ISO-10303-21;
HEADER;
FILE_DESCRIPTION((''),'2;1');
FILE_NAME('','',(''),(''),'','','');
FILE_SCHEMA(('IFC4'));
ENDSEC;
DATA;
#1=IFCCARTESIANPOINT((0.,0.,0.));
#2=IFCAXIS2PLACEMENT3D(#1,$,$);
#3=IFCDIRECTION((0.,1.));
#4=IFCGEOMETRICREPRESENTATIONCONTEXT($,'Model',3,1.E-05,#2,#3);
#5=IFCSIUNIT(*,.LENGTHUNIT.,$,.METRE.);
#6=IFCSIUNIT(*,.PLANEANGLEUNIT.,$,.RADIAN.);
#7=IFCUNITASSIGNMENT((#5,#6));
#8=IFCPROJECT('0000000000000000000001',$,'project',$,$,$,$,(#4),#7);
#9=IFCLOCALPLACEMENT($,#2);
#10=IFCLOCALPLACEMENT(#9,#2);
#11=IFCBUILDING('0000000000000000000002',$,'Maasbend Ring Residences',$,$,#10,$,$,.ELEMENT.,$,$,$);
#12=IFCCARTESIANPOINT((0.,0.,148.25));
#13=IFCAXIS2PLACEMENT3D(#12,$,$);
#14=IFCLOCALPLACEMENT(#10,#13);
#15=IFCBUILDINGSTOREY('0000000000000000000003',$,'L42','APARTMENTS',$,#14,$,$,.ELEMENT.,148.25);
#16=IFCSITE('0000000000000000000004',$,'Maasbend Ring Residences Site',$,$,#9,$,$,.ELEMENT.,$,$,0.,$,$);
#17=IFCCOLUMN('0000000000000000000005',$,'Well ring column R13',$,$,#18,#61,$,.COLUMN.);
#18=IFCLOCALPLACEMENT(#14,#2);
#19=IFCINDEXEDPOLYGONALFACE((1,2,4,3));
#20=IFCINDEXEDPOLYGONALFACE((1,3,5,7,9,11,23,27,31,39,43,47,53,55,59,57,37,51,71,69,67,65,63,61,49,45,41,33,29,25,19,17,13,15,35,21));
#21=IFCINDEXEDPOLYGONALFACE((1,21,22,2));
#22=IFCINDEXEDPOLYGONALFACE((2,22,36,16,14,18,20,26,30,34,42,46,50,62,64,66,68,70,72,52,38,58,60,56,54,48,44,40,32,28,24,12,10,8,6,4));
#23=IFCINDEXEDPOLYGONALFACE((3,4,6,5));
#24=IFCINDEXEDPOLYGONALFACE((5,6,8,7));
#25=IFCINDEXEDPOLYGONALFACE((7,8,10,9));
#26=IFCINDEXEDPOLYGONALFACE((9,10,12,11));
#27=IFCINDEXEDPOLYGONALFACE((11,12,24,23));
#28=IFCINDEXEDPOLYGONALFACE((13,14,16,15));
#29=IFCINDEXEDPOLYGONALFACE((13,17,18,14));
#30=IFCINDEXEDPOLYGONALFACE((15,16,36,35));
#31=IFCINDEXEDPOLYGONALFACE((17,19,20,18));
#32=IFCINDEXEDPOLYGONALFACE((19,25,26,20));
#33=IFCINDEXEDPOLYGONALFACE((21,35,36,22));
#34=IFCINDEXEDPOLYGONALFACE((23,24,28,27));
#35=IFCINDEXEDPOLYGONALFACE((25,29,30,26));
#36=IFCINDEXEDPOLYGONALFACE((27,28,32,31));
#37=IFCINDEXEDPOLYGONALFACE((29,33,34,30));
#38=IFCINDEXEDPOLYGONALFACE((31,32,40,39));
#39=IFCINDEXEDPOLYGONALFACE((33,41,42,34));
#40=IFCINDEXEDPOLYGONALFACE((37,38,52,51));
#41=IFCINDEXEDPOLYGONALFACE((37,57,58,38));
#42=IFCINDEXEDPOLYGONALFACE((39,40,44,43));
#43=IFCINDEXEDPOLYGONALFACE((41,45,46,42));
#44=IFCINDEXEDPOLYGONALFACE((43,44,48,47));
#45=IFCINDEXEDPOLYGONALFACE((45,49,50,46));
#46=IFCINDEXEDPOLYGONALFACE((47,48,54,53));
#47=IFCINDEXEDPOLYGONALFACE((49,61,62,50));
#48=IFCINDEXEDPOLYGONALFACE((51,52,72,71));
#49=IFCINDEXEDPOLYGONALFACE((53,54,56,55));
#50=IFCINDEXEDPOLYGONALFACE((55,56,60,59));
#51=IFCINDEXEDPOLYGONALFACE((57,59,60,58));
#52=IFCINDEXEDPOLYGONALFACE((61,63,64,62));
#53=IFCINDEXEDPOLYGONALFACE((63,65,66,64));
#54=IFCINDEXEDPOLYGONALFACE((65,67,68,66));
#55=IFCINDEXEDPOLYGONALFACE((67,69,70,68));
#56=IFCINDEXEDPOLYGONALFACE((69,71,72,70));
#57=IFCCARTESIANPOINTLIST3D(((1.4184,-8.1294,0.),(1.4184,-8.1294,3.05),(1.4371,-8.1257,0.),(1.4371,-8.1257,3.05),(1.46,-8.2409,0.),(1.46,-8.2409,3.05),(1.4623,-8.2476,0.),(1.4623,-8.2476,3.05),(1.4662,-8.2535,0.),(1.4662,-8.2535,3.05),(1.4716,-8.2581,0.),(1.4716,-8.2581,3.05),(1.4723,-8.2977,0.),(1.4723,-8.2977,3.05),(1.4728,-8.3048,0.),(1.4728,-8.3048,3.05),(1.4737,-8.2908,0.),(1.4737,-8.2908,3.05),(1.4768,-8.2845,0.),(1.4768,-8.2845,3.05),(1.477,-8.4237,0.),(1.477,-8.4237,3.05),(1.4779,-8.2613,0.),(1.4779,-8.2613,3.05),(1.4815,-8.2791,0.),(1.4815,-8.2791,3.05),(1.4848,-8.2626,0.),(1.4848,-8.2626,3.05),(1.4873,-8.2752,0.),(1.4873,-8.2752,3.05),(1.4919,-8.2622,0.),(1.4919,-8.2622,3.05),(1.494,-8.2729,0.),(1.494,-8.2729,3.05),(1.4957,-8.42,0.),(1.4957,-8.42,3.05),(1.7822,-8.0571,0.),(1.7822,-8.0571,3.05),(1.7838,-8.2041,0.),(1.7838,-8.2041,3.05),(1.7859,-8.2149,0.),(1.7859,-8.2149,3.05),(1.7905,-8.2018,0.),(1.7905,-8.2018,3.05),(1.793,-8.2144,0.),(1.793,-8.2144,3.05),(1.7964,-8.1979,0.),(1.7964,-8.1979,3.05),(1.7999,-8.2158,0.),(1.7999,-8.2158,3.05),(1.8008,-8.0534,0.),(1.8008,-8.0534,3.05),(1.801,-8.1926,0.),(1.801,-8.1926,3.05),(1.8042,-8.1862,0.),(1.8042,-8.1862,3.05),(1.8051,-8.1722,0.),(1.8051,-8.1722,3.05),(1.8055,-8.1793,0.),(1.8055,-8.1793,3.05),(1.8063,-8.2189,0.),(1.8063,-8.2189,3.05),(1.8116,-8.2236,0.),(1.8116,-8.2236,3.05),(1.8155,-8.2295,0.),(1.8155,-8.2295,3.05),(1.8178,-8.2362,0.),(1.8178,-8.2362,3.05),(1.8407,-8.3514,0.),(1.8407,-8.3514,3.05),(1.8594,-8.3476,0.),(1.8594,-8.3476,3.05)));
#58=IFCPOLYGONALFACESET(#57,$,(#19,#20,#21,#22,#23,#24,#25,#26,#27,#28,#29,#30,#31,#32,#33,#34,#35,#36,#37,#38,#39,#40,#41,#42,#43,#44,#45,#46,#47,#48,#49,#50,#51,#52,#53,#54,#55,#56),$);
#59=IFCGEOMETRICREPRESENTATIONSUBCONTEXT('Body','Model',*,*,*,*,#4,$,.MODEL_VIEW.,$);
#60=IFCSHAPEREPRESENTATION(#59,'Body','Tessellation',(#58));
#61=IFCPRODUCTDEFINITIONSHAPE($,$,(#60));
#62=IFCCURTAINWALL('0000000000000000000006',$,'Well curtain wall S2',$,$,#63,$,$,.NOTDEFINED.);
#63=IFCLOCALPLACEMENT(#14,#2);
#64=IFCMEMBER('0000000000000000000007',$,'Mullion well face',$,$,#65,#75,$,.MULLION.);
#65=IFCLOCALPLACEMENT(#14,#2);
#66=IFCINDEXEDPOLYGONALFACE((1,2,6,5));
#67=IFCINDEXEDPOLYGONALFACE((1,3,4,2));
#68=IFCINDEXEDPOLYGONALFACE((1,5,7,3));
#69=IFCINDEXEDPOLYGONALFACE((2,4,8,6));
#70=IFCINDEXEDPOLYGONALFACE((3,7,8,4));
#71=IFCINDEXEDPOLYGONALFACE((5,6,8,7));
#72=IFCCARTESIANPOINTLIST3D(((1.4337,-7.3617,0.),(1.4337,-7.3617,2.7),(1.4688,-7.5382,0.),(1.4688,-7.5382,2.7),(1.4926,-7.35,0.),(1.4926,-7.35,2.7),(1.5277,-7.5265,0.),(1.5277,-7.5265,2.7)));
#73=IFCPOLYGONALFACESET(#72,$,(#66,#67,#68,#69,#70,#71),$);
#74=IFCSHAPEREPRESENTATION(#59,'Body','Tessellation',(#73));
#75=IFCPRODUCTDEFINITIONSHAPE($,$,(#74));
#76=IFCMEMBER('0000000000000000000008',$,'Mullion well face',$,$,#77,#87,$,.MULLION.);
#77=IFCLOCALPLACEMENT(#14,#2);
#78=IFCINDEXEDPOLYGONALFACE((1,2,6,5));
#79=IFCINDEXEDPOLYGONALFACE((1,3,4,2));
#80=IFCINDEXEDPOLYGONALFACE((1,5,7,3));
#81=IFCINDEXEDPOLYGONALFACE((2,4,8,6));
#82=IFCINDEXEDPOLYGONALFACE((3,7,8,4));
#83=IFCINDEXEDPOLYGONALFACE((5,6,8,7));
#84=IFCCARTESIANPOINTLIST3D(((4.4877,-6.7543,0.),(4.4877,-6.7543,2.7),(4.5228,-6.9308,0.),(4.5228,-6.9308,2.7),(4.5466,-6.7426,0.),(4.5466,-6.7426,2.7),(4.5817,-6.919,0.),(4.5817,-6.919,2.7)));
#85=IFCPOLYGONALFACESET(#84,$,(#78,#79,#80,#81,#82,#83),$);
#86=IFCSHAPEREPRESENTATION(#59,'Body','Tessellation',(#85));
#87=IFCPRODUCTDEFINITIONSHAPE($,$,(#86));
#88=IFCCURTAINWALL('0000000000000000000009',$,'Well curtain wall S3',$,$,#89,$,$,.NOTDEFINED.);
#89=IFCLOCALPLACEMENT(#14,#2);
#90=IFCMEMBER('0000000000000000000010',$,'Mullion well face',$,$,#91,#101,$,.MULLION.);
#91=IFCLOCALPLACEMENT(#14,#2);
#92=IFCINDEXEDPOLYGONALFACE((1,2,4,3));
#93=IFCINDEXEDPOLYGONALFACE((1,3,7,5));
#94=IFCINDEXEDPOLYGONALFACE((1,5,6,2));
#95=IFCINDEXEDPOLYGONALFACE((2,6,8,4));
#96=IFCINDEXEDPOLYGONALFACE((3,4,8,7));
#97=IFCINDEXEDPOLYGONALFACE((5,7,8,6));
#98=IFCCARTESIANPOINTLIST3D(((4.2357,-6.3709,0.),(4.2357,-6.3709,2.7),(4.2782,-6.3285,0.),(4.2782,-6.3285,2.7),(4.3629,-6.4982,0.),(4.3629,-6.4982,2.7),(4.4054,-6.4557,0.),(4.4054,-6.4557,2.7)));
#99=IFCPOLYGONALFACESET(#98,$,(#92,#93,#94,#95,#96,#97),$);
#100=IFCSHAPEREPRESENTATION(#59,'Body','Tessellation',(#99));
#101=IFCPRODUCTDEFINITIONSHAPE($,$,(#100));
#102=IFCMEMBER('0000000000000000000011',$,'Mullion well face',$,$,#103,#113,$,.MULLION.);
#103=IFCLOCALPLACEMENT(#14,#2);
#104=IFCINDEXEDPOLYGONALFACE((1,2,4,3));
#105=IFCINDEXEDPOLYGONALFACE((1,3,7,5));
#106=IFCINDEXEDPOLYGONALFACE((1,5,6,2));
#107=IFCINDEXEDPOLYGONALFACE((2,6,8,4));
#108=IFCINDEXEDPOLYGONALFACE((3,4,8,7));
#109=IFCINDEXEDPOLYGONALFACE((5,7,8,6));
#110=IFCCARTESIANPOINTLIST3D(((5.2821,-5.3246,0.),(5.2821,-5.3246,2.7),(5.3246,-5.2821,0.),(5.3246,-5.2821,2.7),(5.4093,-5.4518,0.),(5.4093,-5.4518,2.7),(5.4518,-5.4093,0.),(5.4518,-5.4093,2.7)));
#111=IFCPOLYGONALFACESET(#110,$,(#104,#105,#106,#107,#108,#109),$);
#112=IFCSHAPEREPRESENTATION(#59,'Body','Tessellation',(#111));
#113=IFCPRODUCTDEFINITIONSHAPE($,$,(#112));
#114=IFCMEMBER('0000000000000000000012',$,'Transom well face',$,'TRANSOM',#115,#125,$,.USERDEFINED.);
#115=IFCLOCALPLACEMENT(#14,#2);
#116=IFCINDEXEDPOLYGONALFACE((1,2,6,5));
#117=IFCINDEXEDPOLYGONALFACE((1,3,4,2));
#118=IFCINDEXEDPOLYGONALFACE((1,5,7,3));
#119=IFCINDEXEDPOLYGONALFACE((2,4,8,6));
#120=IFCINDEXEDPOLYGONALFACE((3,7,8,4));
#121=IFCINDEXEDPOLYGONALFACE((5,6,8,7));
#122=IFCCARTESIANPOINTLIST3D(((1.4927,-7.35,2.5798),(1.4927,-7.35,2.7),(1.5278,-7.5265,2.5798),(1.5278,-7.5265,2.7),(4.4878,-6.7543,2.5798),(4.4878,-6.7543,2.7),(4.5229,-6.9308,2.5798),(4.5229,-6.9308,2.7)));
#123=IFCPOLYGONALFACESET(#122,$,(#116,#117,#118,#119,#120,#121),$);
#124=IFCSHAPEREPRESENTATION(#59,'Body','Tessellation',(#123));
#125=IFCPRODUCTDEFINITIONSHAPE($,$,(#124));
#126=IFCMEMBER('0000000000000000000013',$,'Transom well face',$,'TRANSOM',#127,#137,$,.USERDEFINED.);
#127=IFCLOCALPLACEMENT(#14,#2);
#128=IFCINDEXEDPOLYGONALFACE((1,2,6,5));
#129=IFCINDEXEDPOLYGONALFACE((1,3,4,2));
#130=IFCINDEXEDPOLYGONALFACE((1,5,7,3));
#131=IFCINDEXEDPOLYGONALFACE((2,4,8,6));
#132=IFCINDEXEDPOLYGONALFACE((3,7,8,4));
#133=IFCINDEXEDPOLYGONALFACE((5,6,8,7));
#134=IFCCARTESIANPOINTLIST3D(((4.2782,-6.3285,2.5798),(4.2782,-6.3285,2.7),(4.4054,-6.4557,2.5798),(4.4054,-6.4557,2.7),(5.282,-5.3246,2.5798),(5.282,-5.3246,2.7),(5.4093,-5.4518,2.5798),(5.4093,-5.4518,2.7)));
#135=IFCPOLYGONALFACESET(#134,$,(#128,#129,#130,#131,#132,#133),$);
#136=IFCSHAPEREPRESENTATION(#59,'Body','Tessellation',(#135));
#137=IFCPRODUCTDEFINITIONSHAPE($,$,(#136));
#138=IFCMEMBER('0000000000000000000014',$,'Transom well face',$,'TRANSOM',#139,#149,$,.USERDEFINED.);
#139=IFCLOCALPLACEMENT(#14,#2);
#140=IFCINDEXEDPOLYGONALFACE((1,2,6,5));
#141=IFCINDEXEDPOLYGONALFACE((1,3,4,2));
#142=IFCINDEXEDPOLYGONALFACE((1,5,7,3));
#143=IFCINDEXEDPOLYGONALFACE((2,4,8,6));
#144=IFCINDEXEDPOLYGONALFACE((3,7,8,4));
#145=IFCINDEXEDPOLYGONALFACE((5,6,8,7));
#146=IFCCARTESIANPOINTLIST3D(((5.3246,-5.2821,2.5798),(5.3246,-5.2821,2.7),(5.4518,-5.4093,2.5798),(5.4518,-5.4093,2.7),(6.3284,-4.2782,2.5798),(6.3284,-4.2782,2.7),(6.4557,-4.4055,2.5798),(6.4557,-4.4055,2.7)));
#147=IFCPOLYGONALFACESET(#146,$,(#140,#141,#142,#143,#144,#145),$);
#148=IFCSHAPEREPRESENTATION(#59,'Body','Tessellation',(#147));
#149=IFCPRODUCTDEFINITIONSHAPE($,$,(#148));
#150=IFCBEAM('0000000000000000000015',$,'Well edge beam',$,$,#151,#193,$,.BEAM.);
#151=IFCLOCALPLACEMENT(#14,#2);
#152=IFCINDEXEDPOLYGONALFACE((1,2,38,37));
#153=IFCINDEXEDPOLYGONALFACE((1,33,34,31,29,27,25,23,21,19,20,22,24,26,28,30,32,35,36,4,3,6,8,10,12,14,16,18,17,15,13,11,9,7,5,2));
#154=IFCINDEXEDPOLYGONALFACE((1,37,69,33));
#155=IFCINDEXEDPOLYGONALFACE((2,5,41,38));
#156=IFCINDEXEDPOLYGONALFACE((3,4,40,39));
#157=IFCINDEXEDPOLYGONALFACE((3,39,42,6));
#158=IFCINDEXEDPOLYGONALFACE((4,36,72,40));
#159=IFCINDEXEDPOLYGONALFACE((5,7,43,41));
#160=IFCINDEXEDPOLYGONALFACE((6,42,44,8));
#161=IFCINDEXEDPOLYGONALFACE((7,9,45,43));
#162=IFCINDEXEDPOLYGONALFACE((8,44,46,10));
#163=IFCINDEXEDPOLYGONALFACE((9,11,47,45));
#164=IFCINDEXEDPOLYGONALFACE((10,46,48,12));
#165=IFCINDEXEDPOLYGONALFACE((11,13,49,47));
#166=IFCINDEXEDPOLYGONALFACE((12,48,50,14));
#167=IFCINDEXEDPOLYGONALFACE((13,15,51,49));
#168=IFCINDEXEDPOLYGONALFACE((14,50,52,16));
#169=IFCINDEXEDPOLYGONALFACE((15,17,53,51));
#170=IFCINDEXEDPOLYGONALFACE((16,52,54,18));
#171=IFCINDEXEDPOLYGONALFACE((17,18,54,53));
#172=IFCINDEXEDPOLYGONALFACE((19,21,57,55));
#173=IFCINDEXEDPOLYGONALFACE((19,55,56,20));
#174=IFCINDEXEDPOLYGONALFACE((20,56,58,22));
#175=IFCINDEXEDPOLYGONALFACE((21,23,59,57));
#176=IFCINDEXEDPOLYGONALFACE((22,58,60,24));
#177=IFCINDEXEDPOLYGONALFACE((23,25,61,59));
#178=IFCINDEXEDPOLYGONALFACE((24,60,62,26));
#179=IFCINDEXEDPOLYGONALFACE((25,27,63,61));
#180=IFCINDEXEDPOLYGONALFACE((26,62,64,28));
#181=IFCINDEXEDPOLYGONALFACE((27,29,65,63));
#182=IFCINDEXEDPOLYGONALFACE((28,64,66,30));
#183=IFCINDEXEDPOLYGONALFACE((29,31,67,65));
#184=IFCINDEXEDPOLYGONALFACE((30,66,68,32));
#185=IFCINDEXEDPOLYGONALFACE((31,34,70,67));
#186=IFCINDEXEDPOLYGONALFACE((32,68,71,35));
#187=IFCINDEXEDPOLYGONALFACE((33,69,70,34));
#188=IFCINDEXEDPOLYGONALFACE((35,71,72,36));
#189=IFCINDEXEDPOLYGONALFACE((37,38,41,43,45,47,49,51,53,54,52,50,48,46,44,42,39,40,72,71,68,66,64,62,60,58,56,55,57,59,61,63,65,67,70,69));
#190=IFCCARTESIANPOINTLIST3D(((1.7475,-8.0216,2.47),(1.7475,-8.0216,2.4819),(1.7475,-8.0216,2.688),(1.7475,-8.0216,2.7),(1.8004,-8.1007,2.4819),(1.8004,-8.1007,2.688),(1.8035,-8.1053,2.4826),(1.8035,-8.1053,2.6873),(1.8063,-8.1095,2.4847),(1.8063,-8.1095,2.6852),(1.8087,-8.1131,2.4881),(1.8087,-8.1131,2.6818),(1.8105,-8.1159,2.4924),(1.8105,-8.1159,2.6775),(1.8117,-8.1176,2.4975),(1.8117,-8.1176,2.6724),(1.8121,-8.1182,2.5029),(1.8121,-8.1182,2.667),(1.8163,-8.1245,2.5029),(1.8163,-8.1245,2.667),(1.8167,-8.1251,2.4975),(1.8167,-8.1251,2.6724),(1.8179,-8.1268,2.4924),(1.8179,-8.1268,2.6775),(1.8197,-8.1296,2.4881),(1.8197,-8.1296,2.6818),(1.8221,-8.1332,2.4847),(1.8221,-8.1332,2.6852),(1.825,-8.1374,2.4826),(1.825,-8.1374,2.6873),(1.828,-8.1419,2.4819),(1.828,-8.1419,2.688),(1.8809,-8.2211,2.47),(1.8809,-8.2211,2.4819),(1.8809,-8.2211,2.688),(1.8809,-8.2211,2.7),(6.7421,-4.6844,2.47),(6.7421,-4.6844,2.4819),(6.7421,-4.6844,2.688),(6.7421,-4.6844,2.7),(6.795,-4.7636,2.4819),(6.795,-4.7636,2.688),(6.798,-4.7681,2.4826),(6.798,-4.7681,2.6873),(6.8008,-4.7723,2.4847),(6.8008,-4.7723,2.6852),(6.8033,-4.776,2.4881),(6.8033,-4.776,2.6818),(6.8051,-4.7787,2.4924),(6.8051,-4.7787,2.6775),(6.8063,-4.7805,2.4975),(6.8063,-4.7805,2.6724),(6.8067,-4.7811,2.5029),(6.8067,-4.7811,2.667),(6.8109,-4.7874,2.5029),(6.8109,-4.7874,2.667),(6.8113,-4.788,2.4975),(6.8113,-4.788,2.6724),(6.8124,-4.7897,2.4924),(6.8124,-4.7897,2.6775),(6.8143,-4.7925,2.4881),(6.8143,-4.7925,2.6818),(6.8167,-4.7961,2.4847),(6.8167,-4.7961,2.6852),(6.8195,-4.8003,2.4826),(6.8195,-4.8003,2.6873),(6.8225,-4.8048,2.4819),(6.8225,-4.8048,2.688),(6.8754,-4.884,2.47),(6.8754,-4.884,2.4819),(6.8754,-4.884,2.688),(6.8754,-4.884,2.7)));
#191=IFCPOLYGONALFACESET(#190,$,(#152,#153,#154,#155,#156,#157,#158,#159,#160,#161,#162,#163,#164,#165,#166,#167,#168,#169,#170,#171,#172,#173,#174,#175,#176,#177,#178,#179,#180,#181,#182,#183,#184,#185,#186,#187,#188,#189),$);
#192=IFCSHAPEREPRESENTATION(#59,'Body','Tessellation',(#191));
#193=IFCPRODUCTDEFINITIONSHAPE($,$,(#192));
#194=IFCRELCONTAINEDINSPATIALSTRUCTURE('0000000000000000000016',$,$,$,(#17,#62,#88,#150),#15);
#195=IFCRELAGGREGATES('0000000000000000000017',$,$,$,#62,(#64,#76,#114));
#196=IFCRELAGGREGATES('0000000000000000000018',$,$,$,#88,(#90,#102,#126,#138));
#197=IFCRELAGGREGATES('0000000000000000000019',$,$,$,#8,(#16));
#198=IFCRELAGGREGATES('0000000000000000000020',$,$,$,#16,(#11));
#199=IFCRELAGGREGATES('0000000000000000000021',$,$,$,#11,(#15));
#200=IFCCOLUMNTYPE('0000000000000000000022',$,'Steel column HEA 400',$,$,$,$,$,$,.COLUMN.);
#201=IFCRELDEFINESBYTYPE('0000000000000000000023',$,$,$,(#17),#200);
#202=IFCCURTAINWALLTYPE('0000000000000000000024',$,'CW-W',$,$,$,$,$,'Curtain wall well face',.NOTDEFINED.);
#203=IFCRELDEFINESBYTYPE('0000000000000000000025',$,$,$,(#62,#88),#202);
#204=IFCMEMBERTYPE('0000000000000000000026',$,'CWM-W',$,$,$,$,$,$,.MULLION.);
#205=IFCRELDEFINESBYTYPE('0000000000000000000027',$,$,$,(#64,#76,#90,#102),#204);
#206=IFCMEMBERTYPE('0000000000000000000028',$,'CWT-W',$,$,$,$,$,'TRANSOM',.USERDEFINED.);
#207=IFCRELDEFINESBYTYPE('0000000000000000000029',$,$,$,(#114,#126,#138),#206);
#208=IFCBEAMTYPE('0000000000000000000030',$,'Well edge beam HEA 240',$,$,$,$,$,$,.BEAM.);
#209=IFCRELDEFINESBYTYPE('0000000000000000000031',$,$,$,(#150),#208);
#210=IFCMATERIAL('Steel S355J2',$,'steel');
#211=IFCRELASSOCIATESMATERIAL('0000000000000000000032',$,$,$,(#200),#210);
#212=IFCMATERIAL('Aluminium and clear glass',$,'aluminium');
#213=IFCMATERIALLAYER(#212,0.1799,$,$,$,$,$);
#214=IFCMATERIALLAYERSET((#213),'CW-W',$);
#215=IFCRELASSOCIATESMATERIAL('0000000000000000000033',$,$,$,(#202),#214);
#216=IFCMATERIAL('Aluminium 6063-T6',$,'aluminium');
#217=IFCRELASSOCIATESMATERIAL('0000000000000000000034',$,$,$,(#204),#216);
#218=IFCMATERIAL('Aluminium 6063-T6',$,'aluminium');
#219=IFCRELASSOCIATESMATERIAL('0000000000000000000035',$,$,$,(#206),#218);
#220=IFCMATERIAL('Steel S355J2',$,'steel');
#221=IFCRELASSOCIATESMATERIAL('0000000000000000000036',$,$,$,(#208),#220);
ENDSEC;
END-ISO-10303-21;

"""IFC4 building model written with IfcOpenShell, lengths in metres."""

from ifc_helpers import new_model, si_unit, direction, frame, origin, origin_2d, place, context, subcontext, project, spatial, rectangle, i_section, extrude, material, layer, layer_set, material_profile, profile_set, type_object, element, aggregate, save


model = new_model("IFC4")

# Units and contexts
model_context = context("Model", 3, precision=1e-05, world=origin(), true_north=direction((0.0, 1.0)))
body_context = subcontext(model_context, "Body", "Model", "MODEL_VIEW")
ifc_project = project(units=[si_unit("LENGTHUNIT", "METRE"), si_unit("PLANEANGLEUNIT", "RADIAN")], contexts=[model_context])

# Site, building, storey
site_placement = place(None, origin())
site = spatial("IfcSite", under=ifc_project, at=site_placement, Name="Maasbend Ring Residences Site", CompositionType="ELEMENT", RefElevation=0.0)
building_placement = place(site_placement, origin())
building = spatial("IfcBuilding", under=site, at=building_placement, Name="Maasbend Ring Residences", CompositionType="ELEMENT")
storey_placement = place(building_placement, frame((0.0, 0.0, 148.25)))
storey = spatial("IfcBuildingStorey", under=building, at=storey_placement, Name="L42", Description="APARTMENTS", CompositionType="ELEMENT", Elevation=148.25)

# Column
ifc_material_1 = material(Name="Steel S355J2", Category="steel")
ifc_material_profile_1 = material_profile(ifc_material_1, i_section(OverallWidth=0.3, OverallDepth=0.3899, WebThickness=0.011, FlangeThickness=0.019, FilletRadius=0.0271, at=origin_2d()), Name="HEA 400")
ifc_profile_set_1 = profile_set([ifc_material_profile_1], Name="Steel S355J2")
column_type = type_object("IfcColumnType", Name="Steel column HEA 400", PredefinedType="COLUMN", material=ifc_profile_set_1)
column_placement = place(storey_placement, frame((1.6389, -8.2385, 0.0), z_axis=(0.0, 0.0, 1.0), x_axis=(0.19509, -0.980785, 0.0)))
element("IfcColumn", 1, at=column_placement, inside=storey, type_object=column_type, Name="Well ring column R13", PredefinedType="COLUMN", context=body_context, shape_type="SweptSolid", body=[
    extrude(i_section(OverallWidth=0.3, OverallDepth=0.3899, WebThickness=0.011, FlangeThickness=0.019, FilletRadius=0.0271, at=origin_2d()), origin(), (0.0, 0.0, 1.0), 3.05),
])

# Curtain walls, members
ifc_material_2 = material(Name="Aluminium and clear glass", Category="aluminium")
ifc_layer_1 = layer(ifc_material_2, 0.1799)
ifc_layer_set_1 = layer_set([ifc_layer_1], Name="CW-W")
curtain_wall_type = type_object("IfcCurtainWallType", Name="CW-W", ElementType="Curtain wall well face", PredefinedType="NOTDEFINED", material=ifc_layer_set_1)
curtain_wall_1_placement = place(storey_placement, origin())
curtain_wall_1 = element("IfcCurtainWall", 2, at=curtain_wall_1_placement, inside=storey, type_object=curtain_wall_type, Name="Well curtain wall S2", PredefinedType="NOTDEFINED")
ifc_material_3 = material(Name="Aluminium 6063-T6", Category="aluminium")
ifc_material_profile_2 = material_profile(ifc_material_3, rectangle(XDim=0.1799, YDim=0.0601, at=origin_2d()), Name="AL 180x60")
ifc_profile_set_2 = profile_set([ifc_material_profile_2], Name="Aluminium 6063-T6")
member_type_1 = type_object("IfcMemberType", Name="CWM-W", PredefinedType="MULLION", material=ifc_profile_set_2)
member_1_placement = place(storey_placement, frame((1.4807, -7.4441, 0.0), z_axis=(0.0, 0.0, 1.0), x_axis=(-0.19509, 0.980785, 0.0)))
member_1 = element("IfcMember", 3, at=member_1_placement, type_object=member_type_1, Name="Mullion well face", PredefinedType="MULLION", context=body_context, shape_type="SweptSolid", body=[
    extrude(rectangle(XDim=0.1799, YDim=0.0601, at=origin_2d()), origin(), (0.0, 0.0, 1.0), 2.7),
])
member_2_placement = place(storey_placement, frame((4.5347, -6.8367, 0.0), z_axis=(0.0, 0.0, 1.0), x_axis=(-0.19509, 0.980785, 0.0)))
member_2 = element("IfcMember", 4, at=member_2_placement, type_object=member_type_1, Name="Mullion well face", PredefinedType="MULLION", context=body_context, shape_type="SweptSolid", body=[
    extrude(rectangle(XDim=0.1799, YDim=0.0601, at=origin_2d()), origin(), (0.0, 0.0, 1.0), 2.7),
])
curtain_wall_2_placement = place(storey_placement, origin())
curtain_wall_2 = element("IfcCurtainWall", 5, at=curtain_wall_2_placement, inside=storey, type_object=curtain_wall_type, Name="Well curtain wall S3", PredefinedType="NOTDEFINED")
member_3_placement = place(storey_placement, frame((4.3206, -6.4133, 0.0), z_axis=(0.0, 0.0, 1.0), x_axis=(-0.707107, 0.707107, 0.0)))
member_3 = element("IfcMember", 6, at=member_3_placement, type_object=member_type_1, Name="Mullion well face", PredefinedType="MULLION", context=body_context, shape_type="SweptSolid", body=[
    extrude(rectangle(XDim=0.1799, YDim=0.0601, at=origin_2d()), origin(), (0.0, 0.0, 1.0), 2.7),
])
member_4_placement = place(storey_placement, frame((5.3669, -5.3669, 0.0), z_axis=(0.0, 0.0, 1.0), x_axis=(-0.707107, 0.707107, 0.0)))
member_4 = element("IfcMember", 7, at=member_4_placement, type_object=member_type_1, Name="Mullion well face", PredefinedType="MULLION", context=body_context, shape_type="SweptSolid", body=[
    extrude(rectangle(XDim=0.1799, YDim=0.0601, at=origin_2d()), origin(), (0.0, 0.0, 1.0), 2.7),
])

# Members
ifc_material_4 = material(Name="Aluminium 6063-T6", Category="aluminium")
ifc_material_profile_3 = material_profile(ifc_material_4, rectangle(XDim=0.1799, YDim=0.1201, at=origin_2d()), Name="AL 180x120")
ifc_profile_set_3 = profile_set([ifc_material_profile_3], Name="Aluminium 6063-T6")
member_type_2 = type_object("IfcMemberType", Name="CWT-W", ElementType="TRANSOM", PredefinedType="USERDEFINED", material=ifc_profile_set_3)
member_5_placement = place(storey_placement, frame((1.5103, -7.4382, 2.6399), z_axis=(0.980789, 0.195071, 0.0), x_axis=(-0.195071, 0.980789, 0.0)))
member_5 = element("IfcMember", 8, at=member_5_placement, type_object=member_type_2, Name="Transom well face", ObjectType="TRANSOM", PredefinedType="USERDEFINED", context=body_context, shape_type="SweptSolid", body=[
    extrude(rectangle(XDim=0.1799, YDim=0.1201, at=origin_2d()), origin(), (0.0, 0.0, 1.0), 3.0537),
])
member_6_placement = place(storey_placement, frame((4.3418, -6.3921, 2.6399), z_axis=(0.707107, 0.707107, 0.0), x_axis=(-0.707107, 0.707107, 0.0)))
member_6 = element("IfcMember", 9, at=member_6_placement, type_object=member_type_2, Name="Transom well face", ObjectType="TRANSOM", PredefinedType="USERDEFINED", context=body_context, shape_type="SweptSolid", body=[
    extrude(rectangle(XDim=0.1799, YDim=0.1201, at=origin_2d()), origin(), (0.0, 0.0, 1.0), 1.4197),
])
member_7_placement = place(storey_placement, frame((5.3882, -5.3457, 2.6399), z_axis=(0.707107, 0.707107, 0.0), x_axis=(-0.707107, 0.707107, 0.0)))
member_7 = element("IfcMember", 10, at=member_7_placement, type_object=member_type_2, Name="Transom well face", ObjectType="TRANSOM", PredefinedType="USERDEFINED", context=body_context, shape_type="SweptSolid", body=[
    extrude(rectangle(XDim=0.1799, YDim=0.1201, at=origin_2d()), origin(), (0.0, 0.0, 1.0), 1.4197),
])

# Beam
ifc_material_5 = material(Name="Steel S355J2", Category="steel")
ifc_material_profile_4 = material_profile(ifc_material_5, i_section(OverallWidth=0.24, OverallDepth=0.23, WebThickness=0.0076, FlangeThickness=0.012, FilletRadius=0.021, at=origin_2d()), Name="HEA 240")
ifc_profile_set_4 = profile_set([ifc_material_profile_4], Name="Steel S355J2")
beam_type = type_object("IfcBeamType", Name="Well edge beam HEA 240", PredefinedType="BEAM", material=ifc_profile_set_4)
beam_placement = place(storey_placement, frame((1.8142, -8.1213, 2.585), z_axis=(0.831481, 0.555553, 0.0), x_axis=(-0.555553, 0.831481, 0.0)))
element("IfcBeam", 11, at=beam_placement, inside=storey, type_object=beam_type, Name="Well edge beam", PredefinedType="BEAM", context=body_context, shape_type="SweptSolid", body=[
    extrude(i_section(OverallWidth=0.24, OverallDepth=0.23, WebThickness=0.0076, FlangeThickness=0.012, FilletRadius=0.021, at=origin_2d()), origin(), (0.0, 0.0, 1.0), 6.0068),
])

aggregate(curtain_wall_1, [member_1, member_2, member_5])
aggregate(curtain_wall_2, [member_3, member_4, member_6, member_7])

save(model, "model.ifc")
